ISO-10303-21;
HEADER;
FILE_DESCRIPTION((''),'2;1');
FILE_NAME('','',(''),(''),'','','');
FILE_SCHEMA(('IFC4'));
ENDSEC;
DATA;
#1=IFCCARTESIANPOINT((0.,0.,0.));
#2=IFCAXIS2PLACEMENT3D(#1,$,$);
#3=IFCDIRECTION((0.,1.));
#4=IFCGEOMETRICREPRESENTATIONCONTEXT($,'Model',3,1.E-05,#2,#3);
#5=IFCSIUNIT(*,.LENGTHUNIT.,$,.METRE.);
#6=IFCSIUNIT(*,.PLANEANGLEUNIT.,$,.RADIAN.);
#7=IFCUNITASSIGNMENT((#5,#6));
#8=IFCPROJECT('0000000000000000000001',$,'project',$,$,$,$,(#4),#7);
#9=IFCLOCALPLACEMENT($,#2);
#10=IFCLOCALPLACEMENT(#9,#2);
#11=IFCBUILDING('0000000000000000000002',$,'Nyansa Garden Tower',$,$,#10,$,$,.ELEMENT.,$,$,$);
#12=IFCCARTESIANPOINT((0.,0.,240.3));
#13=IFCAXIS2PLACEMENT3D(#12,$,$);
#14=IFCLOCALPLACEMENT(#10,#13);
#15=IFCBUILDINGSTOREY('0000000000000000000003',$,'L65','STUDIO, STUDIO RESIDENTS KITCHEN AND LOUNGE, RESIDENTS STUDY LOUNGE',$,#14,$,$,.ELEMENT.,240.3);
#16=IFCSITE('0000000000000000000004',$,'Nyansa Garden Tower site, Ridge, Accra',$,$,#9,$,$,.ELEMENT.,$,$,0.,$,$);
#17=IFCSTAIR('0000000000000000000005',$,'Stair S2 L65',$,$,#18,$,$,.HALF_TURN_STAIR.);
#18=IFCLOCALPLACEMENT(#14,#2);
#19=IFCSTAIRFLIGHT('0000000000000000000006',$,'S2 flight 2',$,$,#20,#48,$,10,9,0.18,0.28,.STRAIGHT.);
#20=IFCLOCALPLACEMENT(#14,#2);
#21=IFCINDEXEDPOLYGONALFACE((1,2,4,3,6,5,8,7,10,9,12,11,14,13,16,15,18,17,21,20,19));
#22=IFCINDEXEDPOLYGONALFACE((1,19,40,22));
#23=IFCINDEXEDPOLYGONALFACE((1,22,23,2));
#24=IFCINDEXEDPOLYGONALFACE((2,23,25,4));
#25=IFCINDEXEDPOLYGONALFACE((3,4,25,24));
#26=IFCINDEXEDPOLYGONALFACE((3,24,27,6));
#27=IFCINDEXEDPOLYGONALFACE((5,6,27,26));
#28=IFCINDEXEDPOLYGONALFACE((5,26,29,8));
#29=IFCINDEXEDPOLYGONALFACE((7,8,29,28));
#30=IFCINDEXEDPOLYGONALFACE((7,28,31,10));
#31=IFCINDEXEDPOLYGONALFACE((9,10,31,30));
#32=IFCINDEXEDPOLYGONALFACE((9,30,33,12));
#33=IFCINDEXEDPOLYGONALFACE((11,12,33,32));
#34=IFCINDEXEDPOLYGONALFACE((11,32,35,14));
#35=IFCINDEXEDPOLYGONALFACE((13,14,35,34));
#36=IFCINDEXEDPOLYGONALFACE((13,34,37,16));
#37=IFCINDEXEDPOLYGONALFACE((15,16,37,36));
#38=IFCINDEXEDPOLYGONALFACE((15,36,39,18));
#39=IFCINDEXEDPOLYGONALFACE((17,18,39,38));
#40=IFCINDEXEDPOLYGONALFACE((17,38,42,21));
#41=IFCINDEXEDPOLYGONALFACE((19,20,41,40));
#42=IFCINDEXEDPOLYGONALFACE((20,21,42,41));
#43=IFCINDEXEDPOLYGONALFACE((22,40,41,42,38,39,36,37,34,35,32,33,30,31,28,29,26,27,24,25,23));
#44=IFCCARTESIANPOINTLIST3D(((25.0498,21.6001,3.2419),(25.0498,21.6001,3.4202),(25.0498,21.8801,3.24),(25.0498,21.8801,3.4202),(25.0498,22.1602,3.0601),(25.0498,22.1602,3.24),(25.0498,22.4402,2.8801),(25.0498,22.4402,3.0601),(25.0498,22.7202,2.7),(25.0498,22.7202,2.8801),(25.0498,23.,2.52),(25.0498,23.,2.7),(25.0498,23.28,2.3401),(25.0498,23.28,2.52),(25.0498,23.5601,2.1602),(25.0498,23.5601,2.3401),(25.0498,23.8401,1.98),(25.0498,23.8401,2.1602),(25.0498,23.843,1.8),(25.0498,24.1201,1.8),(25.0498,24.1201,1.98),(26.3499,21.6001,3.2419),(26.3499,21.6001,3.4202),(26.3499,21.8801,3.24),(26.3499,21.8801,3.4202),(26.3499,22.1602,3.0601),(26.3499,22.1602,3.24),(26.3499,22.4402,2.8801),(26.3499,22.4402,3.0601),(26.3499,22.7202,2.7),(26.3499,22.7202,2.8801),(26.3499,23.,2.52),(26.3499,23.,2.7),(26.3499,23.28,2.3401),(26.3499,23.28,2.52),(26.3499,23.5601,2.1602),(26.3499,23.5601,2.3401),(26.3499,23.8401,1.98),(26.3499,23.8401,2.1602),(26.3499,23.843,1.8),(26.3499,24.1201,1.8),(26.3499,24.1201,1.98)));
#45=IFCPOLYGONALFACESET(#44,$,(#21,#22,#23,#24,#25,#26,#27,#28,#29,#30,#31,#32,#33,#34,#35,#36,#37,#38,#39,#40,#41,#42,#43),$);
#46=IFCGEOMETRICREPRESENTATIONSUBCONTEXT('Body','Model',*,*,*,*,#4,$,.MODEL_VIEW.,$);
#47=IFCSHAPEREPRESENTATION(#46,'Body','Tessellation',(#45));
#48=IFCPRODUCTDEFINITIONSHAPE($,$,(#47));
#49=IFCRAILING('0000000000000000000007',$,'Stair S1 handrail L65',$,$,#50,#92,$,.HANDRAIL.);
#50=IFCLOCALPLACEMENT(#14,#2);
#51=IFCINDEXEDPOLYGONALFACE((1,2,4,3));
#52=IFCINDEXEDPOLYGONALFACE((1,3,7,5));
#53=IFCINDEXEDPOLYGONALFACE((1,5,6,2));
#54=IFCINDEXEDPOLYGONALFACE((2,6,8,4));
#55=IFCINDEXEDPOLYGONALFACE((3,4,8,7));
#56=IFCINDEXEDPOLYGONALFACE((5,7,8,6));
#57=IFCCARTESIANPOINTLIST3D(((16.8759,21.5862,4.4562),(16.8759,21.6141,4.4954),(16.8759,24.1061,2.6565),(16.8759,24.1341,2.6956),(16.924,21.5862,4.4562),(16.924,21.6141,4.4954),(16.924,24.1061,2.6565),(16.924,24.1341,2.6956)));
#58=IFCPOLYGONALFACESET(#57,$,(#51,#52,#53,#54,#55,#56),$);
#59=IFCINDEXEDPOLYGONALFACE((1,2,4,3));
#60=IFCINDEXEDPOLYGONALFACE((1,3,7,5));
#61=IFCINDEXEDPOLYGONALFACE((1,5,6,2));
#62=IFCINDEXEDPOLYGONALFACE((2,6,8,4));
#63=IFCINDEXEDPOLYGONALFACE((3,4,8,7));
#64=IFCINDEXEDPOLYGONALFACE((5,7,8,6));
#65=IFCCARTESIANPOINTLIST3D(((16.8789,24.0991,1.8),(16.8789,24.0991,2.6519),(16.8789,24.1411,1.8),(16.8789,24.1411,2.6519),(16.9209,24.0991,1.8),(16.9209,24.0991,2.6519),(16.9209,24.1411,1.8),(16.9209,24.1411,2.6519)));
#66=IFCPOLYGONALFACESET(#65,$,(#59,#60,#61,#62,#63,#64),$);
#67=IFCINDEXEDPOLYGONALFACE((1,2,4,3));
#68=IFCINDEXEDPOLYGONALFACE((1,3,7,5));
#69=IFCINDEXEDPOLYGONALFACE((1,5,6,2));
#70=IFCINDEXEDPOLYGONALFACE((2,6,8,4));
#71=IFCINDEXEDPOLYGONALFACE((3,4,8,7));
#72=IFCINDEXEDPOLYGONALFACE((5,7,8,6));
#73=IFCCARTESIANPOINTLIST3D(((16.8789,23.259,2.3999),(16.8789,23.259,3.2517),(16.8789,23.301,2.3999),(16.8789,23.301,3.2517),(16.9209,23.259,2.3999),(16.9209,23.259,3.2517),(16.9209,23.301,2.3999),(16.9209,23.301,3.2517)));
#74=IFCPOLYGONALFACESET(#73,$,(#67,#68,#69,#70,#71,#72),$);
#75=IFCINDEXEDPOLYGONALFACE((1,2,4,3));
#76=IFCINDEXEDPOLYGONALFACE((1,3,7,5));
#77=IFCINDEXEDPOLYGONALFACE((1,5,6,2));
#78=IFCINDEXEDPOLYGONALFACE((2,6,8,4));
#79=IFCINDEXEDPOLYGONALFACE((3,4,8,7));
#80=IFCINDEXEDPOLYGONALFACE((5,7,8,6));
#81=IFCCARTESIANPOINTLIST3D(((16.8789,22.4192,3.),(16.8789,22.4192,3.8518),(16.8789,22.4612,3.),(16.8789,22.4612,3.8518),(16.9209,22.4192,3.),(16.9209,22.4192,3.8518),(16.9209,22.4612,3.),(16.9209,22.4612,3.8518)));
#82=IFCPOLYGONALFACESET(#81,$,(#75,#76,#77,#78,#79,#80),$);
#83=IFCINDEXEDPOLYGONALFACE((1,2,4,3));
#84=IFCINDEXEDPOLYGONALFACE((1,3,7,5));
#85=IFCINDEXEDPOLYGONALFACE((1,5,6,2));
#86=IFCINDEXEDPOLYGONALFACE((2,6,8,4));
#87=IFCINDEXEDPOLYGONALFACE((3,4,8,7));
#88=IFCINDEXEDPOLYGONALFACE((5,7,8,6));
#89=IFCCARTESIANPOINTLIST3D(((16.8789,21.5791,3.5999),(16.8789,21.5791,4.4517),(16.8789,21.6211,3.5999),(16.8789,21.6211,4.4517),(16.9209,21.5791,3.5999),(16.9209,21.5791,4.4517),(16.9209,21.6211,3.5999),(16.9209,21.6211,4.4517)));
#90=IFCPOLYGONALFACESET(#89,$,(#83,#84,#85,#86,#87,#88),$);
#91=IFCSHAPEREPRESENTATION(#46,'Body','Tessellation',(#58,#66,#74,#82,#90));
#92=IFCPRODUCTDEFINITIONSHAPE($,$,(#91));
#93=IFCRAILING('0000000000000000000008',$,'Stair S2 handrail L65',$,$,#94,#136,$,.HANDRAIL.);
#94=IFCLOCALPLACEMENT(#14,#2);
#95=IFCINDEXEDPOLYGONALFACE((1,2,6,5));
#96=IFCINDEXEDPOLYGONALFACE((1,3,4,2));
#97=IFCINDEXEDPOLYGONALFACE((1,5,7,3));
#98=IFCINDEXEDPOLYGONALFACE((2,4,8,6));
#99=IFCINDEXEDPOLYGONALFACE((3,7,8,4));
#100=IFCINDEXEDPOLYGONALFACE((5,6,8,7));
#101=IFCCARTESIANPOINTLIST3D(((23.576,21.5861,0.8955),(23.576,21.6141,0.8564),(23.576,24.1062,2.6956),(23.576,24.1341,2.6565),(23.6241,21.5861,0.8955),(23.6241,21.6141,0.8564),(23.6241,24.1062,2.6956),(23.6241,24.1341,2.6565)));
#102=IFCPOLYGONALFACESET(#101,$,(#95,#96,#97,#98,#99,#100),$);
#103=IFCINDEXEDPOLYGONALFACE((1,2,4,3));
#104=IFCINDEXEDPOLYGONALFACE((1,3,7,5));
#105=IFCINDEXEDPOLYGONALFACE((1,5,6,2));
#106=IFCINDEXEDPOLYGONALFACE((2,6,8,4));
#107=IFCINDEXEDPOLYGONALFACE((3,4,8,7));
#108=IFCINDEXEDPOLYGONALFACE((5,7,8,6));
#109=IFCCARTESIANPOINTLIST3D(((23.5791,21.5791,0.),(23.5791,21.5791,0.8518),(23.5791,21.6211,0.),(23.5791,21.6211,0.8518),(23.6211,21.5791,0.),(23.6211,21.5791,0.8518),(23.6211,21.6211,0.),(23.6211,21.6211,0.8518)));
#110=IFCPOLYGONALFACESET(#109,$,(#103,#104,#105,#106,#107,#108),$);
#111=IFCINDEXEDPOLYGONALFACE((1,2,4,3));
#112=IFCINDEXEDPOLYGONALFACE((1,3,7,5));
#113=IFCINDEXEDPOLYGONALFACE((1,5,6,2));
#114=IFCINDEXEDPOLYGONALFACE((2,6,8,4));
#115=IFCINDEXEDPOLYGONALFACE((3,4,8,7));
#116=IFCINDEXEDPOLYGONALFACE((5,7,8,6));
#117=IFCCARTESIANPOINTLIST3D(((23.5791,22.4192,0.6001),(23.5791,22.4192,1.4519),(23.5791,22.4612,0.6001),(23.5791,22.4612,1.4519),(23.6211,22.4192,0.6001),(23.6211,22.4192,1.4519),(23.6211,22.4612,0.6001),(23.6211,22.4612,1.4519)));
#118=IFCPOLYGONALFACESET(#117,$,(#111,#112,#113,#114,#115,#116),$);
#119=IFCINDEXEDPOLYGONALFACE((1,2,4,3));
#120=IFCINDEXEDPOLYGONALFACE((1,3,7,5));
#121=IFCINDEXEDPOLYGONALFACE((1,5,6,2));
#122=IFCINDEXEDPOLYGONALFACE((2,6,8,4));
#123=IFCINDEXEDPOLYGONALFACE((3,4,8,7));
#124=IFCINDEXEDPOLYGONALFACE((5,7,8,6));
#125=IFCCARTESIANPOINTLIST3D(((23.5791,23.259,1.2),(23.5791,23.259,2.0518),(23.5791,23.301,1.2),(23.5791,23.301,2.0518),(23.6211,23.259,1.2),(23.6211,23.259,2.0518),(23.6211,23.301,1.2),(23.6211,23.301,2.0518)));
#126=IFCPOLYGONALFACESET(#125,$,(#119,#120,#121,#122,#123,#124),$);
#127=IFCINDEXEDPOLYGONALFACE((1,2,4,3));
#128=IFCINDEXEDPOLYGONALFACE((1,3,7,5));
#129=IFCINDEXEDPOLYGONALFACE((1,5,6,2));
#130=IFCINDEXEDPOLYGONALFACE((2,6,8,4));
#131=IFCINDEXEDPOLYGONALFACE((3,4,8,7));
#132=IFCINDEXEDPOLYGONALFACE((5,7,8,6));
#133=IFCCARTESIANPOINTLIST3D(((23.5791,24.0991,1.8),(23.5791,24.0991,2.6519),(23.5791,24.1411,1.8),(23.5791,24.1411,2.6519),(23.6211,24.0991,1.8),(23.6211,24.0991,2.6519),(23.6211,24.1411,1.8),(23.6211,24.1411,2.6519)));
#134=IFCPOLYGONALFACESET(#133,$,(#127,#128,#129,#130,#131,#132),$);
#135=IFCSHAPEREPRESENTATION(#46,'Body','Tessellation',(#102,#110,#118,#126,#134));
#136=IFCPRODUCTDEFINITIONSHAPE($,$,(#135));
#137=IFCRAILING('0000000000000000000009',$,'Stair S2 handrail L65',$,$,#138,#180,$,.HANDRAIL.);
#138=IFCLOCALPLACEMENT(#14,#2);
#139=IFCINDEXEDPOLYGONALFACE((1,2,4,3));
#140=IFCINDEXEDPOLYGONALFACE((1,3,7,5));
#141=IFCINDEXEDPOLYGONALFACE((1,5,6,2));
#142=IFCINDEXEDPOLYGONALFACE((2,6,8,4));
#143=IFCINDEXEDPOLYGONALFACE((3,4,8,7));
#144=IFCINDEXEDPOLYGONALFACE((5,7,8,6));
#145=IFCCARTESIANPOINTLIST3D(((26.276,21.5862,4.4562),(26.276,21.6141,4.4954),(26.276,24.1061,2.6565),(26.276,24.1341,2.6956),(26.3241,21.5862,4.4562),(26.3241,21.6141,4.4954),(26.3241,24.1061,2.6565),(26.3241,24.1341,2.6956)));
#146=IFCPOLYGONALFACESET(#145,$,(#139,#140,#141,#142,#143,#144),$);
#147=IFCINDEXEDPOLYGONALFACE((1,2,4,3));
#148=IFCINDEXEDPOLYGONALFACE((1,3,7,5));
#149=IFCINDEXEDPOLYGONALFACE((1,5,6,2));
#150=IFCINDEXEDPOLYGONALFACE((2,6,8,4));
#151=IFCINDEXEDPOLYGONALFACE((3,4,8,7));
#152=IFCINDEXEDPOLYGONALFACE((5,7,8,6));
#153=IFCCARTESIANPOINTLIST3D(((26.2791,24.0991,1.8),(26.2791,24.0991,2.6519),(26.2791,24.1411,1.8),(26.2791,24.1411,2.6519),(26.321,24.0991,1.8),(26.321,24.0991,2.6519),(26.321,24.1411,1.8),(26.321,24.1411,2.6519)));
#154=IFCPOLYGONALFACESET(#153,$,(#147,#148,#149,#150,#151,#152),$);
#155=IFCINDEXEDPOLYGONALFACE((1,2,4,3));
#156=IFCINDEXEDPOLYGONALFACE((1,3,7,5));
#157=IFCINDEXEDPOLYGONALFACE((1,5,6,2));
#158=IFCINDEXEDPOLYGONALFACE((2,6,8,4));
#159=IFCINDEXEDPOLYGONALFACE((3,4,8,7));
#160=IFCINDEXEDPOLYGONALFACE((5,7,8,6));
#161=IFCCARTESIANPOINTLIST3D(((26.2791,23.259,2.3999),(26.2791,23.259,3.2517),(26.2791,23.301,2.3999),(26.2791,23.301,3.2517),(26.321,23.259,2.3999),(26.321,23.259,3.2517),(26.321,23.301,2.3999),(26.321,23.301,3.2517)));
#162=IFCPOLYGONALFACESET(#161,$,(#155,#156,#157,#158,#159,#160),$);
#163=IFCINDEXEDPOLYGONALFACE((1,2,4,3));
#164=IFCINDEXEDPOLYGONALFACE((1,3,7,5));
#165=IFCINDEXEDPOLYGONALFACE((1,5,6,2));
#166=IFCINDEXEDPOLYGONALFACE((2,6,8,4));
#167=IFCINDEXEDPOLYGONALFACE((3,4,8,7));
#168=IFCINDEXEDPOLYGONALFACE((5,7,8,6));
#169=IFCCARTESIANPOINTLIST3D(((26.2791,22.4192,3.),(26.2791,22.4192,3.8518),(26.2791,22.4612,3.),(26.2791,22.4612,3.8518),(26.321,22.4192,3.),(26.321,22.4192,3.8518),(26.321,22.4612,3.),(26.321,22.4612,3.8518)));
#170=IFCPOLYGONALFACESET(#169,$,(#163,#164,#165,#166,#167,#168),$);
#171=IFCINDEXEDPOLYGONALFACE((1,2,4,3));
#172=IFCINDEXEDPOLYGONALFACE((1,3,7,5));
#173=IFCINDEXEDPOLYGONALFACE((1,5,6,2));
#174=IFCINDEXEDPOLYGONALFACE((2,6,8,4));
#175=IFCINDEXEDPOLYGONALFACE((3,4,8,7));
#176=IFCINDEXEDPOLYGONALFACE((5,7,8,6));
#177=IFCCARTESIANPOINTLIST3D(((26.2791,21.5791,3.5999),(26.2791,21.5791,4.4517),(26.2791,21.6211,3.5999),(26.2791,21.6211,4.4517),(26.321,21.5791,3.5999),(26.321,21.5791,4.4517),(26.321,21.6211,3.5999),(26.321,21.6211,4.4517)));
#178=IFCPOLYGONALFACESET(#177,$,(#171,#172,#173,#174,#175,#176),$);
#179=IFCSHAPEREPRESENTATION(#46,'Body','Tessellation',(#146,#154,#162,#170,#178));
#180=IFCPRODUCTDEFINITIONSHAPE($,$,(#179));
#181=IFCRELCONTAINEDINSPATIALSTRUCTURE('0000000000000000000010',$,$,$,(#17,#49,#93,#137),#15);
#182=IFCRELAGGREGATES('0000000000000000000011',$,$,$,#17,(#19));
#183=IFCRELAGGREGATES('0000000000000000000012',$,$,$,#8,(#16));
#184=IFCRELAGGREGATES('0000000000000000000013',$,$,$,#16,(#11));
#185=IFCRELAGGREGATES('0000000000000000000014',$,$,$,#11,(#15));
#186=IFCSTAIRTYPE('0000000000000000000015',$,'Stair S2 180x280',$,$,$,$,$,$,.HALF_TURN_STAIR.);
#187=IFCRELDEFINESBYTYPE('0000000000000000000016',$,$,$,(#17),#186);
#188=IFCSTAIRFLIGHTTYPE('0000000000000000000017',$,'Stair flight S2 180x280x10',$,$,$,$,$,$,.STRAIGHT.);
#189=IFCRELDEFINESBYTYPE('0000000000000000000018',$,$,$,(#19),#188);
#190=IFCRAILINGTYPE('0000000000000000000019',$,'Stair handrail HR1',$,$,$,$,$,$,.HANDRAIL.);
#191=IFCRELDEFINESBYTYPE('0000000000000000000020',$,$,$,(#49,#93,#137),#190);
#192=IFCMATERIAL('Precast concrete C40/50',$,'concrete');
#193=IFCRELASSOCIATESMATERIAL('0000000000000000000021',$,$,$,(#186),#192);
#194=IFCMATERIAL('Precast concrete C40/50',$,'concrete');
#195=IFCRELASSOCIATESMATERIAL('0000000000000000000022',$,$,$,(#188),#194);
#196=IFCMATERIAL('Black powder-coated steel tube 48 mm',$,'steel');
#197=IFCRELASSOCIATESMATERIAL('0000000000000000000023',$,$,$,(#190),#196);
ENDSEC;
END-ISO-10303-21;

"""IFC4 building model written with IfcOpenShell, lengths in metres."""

from ifc_helpers import new_model, si_unit, direction, frame, origin, origin_2d, place, context, subcontext, project, spatial, polyline, rectangle, outline, extrude, material, type_object, element, aggregate, save


model = new_model("IFC4")

# Units and contexts
model_context = context("Model", 3, precision=1e-05, world=origin(), true_north=direction((0.0, 1.0)))
body_context = subcontext(model_context, "Body", "Model", "MODEL_VIEW")
ifc_project = project(units=[si_unit("LENGTHUNIT", "METRE"), si_unit("PLANEANGLEUNIT", "RADIAN")], contexts=[model_context])

# Site, building, storey
site_placement = place(None, origin())
site = spatial("IfcSite", under=ifc_project, at=site_placement, Name="Nyansa Garden Tower site, Ridge, Accra", CompositionType="ELEMENT", RefElevation=0.0)
building_placement = place(site_placement, origin())
building = spatial("IfcBuilding", under=site, at=building_placement, Name="Nyansa Garden Tower", CompositionType="ELEMENT")
storey_placement = place(building_placement, frame((0.0, 0.0, 240.3)))
storey = spatial("IfcBuildingStorey", under=building, at=storey_placement, Name="L65", Description="STUDIO, STUDIO RESIDENTS KITCHEN AND LOUNGE, RESIDENTS STUDY LOUNGE", CompositionType="ELEMENT", Elevation=240.3)

# Stair, stair flight
ifc_material_1 = material(Name="Precast concrete C40/50", Category="concrete")
stair_type = type_object("IfcStairType", Name="Stair S2 180x280", PredefinedType="HALF_TURN_STAIR", material=ifc_material_1)
stair_placement = place(storey_placement, origin())
stair = element("IfcStair", 1, at=stair_placement, inside=storey, type_object=stair_type, Name="Stair S2 L65", PredefinedType="HALF_TURN_STAIR")
ifc_material_2 = material(Name="Precast concrete C40/50", Category="concrete")
stair_flight_type = type_object("IfcStairFlightType", Name="Stair flight S2 180x280x10", PredefinedType="STRAIGHT", material=ifc_material_2)
stair_flight_1_placement = place(storey_placement, frame((25.7, 24.1201, 1.8), z_axis=(0.0, 0.0, 1.0), x_axis=(0.0, -1.0, 0.0)))
stair_flight_1 = element("IfcStairFlight", 2, at=stair_flight_1_placement, type_object=stair_flight_type, Name="S2 flight 2", NumberOfRisers=10, NumberOfTreads=9, PredefinedType="STRAIGHT", RiserHeight=0.18, TreadLength=0.28, context=body_context, shape_type="SweptSolid", body=[
    extrude(outline(polyline([(0.0, 0.0), (0.0, 0.1799), (0.28, 0.1799), (0.28, 0.3601), (0.5601, 0.3601), (0.5601, 0.54), (0.8401, 0.54), (0.8401, 0.72), (1.1201, 0.72), (1.1201, 0.8999), (1.3999, 0.8999), (1.3999, 1.0801), (1.6799, 1.0801), (1.6799, 1.26), (1.96, 1.26), (1.96, 1.4399), (2.24, 1.4399), (2.24, 1.6201), (2.52, 1.6201), (2.52, 1.8), (2.52, 1.4419), (0.2771, 0.0), (0.0, 0.0)])), frame((0.0, 0.6499, 0.0), z_axis=(0.0, -1.0, 0.0), x_axis=(1.0, 0.0, 0.0)), (0.0, 0.0, 1.0), 1.3),
])
aggregate(stair, [stair_flight_1])

# Railings
ifc_material_3 = material(Name="Black powder-coated steel tube 48 mm", Category="steel")
railing_type = type_object("IfcRailingType", Name="Stair handrail HR1", PredefinedType="HANDRAIL", material=ifc_material_3)
railing_1_placement = place(storey_placement, frame((16.8999, 24.1201, 1.8)))
element("IfcRailing", 3, at=railing_1_placement, inside=storey, type_object=railing_type, Name="Stair S1 handrail L65", PredefinedType="HANDRAIL", context=body_context, shape_type="SweptSolid", body=[
    extrude(rectangle(XDim=0.0481, YDim=0.0481, at=origin_2d()), frame((0.0, 0.0, 0.876), z_axis=(0.0, -0.813765, 0.581193), x_axis=(1.0, 0.0, 0.0)), (0.0, 0.0, 1.0), 3.0967),
    extrude(rectangle(XDim=0.042, YDim=0.042, at=origin_2d()), origin(), (0.0, 0.0, 1.0), 0.8518),
    extrude(rectangle(XDim=0.042, YDim=0.042, at=origin_2d()), frame((0.0, -0.8401, 0.5999)), (0.0, 0.0, 1.0), 0.8518),
    extrude(rectangle(XDim=0.042, YDim=0.042, at=origin_2d()), frame((0.0, -1.6799, 1.2)), (0.0, 0.0, 1.0), 0.8518),
    extrude(rectangle(XDim=0.042, YDim=0.042, at=origin_2d()), frame((0.0, -2.52, 1.7998)), (0.0, 0.0, 1.0), 0.8518),
])
railing_2_placement = place(storey_placement, frame((23.6001, 21.6001, 0.0)))
element("IfcRailing", 4, at=railing_2_placement, inside=storey, type_object=railing_type, Name="Stair S2 handrail L65", PredefinedType="HANDRAIL", context=body_context, shape_type="SweptSolid", body=[
    extrude(rectangle(XDim=0.0481, YDim=0.0481, at=origin_2d()), frame((0.0, 0.0, 0.876), z_axis=(0.0, 0.813728, 0.581246), x_axis=(-1.0, 0.0, 0.0)), (0.0, 0.0, 1.0), 3.0969),
    extrude(rectangle(XDim=0.042, YDim=0.042, at=origin_2d()), origin(), (0.0, 0.0, 1.0), 0.8518),
    extrude(rectangle(XDim=0.042, YDim=0.042, at=origin_2d()), frame((0.0, 0.8401, 0.6001)), (0.0, 0.0, 1.0), 0.8518),
    extrude(rectangle(XDim=0.042, YDim=0.042, at=origin_2d()), frame((0.0, 1.6799, 1.2)), (0.0, 0.0, 1.0), 0.8518),
    extrude(rectangle(XDim=0.042, YDim=0.042, at=origin_2d()), frame((0.0, 2.52, 1.8)), (0.0, 0.0, 1.0), 0.8518),
])
railing_3_placement = place(storey_placement, frame((26.3, 24.1201, 1.8)))
element("IfcRailing", 5, at=railing_3_placement, inside=storey, type_object=railing_type, Name="Stair S2 handrail L65", PredefinedType="HANDRAIL", context=body_context, shape_type="SweptSolid", body=[
    extrude(rectangle(XDim=0.0481, YDim=0.0481, at=origin_2d()), frame((0.0, 0.0, 0.876), z_axis=(0.0, -0.813765, 0.581193), x_axis=(1.0, 0.0, 0.0)), (0.0, 0.0, 1.0), 3.0967),
    extrude(rectangle(XDim=0.042, YDim=0.042, at=origin_2d()), origin(), (0.0, 0.0, 1.0), 0.8518),
    extrude(rectangle(XDim=0.042, YDim=0.042, at=origin_2d()), frame((0.0, -0.8401, 0.5999)), (0.0, 0.0, 1.0), 0.8518),
    extrude(rectangle(XDim=0.042, YDim=0.042, at=origin_2d()), frame((0.0, -1.6799, 1.2)), (0.0, 0.0, 1.0), 0.8518),
    extrude(rectangle(XDim=0.042, YDim=0.042, at=origin_2d()), frame((0.0, -2.52, 1.7998)), (0.0, 0.0, 1.0), 0.8518),
])

save(model, "model.ifc")
